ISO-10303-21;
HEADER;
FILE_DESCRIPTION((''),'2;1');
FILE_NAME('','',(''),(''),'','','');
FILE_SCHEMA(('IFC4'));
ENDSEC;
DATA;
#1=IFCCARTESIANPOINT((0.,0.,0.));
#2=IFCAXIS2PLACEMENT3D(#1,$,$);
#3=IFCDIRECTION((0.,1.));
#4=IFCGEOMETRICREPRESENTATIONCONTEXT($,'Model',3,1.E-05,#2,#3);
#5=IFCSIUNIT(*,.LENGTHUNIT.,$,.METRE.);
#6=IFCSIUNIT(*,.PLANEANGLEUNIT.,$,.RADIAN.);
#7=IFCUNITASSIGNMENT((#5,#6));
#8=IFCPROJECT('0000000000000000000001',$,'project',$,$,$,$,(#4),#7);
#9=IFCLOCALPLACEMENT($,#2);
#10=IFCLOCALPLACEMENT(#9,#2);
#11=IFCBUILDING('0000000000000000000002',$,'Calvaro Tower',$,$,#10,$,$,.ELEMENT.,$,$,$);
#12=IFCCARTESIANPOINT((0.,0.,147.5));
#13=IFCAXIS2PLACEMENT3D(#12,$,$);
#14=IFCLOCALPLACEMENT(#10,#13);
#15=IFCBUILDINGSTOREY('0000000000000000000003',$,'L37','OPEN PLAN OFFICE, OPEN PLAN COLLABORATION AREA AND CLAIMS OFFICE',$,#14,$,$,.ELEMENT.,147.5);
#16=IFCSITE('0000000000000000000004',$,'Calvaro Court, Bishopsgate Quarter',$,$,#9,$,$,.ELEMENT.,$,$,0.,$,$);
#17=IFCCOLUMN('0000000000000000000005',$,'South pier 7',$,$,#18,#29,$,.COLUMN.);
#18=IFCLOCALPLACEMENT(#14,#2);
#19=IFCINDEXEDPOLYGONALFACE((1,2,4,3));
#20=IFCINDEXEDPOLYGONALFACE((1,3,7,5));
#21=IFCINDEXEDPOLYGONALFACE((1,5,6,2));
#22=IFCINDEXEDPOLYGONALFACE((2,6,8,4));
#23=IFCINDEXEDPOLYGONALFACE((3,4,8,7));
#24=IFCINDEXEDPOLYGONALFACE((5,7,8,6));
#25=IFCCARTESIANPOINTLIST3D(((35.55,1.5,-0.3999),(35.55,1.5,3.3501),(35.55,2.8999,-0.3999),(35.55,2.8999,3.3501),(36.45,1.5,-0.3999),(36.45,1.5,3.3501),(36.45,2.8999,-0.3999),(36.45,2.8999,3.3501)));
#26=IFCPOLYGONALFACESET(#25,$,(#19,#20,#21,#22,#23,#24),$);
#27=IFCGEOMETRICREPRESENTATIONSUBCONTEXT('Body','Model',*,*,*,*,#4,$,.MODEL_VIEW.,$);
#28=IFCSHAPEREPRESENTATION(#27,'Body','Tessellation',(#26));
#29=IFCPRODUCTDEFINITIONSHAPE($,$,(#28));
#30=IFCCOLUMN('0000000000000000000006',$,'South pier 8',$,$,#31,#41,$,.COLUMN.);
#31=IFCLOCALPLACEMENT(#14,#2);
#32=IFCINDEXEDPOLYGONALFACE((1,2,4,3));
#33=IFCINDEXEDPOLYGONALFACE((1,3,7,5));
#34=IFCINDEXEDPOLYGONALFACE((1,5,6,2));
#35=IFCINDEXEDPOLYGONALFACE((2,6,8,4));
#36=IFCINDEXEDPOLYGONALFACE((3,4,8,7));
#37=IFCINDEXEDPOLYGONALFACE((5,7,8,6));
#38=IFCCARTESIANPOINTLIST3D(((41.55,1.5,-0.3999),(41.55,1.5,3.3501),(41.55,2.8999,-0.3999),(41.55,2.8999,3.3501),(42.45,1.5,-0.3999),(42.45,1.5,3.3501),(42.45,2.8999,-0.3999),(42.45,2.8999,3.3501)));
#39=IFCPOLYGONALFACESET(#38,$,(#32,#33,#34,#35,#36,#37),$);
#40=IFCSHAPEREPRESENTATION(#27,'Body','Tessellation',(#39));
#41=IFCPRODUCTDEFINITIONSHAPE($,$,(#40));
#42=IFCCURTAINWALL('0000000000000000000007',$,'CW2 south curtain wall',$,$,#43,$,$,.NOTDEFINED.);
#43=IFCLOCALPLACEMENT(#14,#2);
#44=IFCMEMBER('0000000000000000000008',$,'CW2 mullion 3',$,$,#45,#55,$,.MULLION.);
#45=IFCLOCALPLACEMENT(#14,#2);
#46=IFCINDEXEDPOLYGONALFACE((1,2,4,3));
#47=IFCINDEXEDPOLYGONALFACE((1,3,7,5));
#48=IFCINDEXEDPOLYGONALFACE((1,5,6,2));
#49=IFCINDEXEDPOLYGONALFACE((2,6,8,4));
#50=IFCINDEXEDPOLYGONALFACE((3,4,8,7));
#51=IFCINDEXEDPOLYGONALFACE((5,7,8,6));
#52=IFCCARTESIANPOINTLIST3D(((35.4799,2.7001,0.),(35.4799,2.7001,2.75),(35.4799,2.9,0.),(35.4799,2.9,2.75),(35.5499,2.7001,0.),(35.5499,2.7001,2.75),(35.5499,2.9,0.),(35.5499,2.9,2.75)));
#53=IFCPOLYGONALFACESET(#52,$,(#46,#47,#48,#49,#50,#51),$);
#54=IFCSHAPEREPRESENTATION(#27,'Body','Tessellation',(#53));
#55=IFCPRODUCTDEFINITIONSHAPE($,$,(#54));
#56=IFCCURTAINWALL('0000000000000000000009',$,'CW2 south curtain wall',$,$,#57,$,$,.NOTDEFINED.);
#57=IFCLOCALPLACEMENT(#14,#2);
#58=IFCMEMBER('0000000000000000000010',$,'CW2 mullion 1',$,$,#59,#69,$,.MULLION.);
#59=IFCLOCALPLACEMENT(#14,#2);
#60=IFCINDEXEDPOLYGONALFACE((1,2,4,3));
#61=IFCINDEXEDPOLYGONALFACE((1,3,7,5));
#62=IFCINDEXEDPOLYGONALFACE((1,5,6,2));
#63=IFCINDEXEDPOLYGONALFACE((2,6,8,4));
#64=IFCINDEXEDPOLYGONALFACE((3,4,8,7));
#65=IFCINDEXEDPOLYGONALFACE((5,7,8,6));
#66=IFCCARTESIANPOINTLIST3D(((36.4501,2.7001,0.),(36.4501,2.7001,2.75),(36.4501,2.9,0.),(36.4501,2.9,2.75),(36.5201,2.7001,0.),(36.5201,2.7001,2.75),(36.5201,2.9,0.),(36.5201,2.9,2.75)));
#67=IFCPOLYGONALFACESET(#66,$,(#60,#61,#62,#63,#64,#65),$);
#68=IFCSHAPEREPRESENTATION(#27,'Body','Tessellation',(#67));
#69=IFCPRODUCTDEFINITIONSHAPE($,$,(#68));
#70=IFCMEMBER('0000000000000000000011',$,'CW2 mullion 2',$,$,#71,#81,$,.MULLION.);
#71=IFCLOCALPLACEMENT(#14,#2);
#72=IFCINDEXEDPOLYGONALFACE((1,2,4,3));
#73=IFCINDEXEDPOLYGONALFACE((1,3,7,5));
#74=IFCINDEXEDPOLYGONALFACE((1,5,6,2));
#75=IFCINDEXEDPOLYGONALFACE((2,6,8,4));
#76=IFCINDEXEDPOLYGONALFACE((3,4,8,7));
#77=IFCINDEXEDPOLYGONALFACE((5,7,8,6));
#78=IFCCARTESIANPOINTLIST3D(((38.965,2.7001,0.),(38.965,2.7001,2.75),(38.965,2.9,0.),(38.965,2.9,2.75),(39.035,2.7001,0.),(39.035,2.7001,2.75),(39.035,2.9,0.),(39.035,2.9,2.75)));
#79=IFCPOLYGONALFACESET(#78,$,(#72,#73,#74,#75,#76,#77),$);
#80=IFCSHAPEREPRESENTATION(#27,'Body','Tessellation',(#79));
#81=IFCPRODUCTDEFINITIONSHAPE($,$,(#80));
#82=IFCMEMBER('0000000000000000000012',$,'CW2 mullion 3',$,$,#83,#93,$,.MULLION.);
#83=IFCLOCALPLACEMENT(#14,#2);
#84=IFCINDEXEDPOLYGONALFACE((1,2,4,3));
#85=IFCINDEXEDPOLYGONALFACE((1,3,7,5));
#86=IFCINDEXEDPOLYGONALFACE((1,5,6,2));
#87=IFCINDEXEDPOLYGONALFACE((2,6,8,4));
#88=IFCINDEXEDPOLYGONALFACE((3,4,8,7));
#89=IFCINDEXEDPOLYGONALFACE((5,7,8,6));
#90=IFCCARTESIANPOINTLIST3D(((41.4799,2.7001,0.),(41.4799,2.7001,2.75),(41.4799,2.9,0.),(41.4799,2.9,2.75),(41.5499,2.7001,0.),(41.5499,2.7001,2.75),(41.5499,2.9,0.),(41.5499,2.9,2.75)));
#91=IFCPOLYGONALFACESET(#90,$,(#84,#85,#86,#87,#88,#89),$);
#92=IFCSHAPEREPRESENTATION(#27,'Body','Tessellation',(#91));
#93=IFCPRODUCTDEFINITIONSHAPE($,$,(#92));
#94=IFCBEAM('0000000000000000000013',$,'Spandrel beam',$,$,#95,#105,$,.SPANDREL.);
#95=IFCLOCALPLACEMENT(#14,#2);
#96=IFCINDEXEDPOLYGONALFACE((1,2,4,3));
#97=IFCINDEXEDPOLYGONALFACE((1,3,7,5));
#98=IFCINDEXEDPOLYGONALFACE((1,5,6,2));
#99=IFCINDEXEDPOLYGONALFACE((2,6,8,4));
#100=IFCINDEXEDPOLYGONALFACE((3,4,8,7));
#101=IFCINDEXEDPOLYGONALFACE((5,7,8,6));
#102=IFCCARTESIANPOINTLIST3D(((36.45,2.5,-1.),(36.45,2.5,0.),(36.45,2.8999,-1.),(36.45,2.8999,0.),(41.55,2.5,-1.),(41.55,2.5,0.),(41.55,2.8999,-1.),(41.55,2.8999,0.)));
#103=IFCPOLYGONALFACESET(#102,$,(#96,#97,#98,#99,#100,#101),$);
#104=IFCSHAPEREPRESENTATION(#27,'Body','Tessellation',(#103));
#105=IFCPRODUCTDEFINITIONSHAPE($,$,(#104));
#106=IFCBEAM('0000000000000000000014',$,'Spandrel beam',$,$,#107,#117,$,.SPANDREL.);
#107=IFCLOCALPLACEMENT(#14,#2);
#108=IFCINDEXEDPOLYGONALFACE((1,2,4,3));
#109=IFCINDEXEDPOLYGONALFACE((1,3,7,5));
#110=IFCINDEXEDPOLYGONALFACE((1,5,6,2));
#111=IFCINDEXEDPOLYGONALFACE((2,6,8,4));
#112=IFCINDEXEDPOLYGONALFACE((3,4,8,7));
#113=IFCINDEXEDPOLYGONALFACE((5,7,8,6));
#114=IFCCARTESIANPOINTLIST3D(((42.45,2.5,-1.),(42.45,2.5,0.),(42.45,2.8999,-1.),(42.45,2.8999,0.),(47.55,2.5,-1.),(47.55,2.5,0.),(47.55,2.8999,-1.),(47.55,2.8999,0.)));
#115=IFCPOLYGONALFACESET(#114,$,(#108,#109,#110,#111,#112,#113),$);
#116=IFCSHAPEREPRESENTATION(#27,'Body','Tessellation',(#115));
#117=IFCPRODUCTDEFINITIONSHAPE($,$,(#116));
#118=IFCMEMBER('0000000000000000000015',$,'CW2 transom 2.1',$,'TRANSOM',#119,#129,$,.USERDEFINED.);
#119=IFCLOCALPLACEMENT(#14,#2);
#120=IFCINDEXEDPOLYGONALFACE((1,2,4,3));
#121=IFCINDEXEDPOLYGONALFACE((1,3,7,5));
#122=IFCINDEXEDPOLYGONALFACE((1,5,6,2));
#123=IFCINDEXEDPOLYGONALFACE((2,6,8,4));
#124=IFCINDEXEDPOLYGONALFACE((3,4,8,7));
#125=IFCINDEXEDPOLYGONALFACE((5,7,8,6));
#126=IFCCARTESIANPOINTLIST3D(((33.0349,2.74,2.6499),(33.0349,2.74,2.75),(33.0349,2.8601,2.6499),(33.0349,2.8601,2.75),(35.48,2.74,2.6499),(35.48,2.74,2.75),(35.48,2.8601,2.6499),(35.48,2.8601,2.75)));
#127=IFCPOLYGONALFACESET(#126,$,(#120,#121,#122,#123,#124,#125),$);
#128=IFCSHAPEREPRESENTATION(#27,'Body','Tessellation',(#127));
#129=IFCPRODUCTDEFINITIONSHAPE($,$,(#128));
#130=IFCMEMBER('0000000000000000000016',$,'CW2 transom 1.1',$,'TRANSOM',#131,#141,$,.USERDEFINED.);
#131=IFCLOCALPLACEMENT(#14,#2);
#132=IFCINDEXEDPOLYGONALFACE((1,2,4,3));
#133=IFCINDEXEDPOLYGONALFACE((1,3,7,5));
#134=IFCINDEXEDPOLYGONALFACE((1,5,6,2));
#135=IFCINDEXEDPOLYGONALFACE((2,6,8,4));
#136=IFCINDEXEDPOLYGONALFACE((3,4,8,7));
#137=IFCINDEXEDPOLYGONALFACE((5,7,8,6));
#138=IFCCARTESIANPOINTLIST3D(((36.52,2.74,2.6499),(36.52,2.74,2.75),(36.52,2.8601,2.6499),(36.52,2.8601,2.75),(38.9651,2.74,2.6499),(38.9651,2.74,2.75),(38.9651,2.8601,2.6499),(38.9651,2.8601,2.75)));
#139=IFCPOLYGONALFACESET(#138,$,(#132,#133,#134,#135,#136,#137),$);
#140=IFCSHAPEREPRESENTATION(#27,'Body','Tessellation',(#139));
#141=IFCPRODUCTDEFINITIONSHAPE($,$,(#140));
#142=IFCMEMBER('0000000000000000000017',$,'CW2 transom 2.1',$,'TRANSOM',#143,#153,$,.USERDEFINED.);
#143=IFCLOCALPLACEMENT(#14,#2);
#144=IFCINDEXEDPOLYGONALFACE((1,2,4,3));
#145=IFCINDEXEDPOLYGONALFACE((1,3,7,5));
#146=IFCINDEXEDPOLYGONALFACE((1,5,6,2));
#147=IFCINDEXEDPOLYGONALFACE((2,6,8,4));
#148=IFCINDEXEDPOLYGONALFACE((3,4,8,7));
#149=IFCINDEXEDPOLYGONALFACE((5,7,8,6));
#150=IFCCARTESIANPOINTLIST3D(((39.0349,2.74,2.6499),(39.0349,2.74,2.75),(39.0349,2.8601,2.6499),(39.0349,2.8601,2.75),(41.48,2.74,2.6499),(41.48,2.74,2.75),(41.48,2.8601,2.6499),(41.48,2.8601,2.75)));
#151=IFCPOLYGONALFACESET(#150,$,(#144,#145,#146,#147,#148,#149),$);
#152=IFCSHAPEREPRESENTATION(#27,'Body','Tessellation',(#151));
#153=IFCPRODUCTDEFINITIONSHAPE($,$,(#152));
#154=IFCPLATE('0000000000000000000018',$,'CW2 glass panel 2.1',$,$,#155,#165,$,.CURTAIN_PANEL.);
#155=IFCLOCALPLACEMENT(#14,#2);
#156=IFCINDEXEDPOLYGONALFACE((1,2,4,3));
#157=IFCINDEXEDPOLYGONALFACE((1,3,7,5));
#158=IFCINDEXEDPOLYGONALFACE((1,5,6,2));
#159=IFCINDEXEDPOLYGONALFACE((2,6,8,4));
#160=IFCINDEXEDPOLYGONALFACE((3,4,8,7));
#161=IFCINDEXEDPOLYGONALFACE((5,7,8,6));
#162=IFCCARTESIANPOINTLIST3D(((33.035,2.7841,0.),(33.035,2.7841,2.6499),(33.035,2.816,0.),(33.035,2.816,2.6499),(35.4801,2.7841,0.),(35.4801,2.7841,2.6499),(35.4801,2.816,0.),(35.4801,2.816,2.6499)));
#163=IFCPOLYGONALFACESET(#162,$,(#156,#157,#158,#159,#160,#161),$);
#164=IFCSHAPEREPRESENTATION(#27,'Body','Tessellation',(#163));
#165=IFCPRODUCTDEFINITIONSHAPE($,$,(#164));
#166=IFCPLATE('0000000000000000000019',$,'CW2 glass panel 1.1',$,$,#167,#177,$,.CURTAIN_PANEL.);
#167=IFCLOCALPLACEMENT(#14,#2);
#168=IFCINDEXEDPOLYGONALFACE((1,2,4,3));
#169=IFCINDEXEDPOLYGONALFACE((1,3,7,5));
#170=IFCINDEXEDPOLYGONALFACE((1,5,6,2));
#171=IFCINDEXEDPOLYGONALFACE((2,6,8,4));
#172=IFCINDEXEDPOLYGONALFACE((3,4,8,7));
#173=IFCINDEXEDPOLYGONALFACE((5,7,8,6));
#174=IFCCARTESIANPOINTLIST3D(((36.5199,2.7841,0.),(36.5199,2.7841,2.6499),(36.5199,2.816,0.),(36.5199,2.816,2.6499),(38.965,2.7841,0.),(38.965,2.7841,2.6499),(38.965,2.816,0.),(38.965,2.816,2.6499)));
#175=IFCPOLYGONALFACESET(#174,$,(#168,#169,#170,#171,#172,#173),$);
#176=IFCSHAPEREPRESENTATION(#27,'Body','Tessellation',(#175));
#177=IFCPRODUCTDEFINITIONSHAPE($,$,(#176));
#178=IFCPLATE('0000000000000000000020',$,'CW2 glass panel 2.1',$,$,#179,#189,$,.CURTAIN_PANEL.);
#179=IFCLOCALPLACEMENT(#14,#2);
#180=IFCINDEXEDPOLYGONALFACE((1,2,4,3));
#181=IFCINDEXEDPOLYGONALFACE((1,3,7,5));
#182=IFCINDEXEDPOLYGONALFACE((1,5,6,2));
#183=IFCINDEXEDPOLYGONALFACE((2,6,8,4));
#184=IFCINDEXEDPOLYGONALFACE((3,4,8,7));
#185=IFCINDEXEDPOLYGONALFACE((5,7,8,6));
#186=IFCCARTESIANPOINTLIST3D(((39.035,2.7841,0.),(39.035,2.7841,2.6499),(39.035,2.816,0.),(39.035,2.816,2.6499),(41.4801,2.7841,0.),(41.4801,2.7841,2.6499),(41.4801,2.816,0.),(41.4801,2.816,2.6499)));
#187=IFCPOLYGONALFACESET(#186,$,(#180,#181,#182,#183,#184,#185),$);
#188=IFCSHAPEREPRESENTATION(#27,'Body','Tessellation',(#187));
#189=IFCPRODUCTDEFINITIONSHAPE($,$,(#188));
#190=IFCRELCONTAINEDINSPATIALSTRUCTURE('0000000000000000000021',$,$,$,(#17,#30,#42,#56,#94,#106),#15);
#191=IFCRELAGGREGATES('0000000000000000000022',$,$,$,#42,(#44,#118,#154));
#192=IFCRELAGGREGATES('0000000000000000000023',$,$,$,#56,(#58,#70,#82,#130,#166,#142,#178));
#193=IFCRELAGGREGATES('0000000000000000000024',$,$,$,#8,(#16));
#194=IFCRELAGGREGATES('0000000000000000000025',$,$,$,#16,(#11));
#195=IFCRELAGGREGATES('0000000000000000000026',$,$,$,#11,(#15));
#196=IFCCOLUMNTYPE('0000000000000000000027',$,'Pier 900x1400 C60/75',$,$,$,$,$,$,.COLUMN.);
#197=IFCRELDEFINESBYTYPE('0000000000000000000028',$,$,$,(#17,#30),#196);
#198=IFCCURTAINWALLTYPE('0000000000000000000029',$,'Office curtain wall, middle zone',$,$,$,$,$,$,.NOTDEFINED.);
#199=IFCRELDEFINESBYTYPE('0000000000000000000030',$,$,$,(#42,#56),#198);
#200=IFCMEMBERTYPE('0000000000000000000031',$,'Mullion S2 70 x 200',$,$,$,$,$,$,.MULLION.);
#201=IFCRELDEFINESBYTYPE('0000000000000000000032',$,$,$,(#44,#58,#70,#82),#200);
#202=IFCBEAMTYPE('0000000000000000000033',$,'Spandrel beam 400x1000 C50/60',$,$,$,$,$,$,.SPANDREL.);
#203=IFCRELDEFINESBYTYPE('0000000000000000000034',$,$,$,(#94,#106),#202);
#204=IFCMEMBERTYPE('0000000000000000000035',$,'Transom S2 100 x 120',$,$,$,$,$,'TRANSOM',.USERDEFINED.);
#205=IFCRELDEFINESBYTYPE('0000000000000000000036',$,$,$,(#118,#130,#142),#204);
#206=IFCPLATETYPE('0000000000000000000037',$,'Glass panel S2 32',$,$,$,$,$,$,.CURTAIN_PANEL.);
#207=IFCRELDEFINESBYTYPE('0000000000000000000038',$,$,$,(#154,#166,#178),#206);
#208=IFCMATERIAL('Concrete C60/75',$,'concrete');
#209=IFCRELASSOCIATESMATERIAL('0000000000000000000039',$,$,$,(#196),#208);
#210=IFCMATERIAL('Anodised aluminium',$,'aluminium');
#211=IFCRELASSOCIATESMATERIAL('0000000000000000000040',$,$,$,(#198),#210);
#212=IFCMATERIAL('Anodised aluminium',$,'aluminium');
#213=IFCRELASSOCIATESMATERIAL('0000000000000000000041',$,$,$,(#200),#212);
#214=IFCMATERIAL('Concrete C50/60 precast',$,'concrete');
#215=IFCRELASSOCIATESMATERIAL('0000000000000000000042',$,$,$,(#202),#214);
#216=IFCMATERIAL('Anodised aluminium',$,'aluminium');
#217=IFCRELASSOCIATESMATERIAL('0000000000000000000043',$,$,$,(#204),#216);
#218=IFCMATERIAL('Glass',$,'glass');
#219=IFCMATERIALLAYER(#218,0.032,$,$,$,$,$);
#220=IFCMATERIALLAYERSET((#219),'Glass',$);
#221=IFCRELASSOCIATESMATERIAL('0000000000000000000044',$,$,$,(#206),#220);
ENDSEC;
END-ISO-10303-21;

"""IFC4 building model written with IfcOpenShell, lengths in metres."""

from ifc_helpers import new_model, si_unit, direction, frame, origin, origin_2d, place, context, subcontext, project, spatial, rectangle, extrude, material, layer, layer_set, material_profile, profile_set, type_object, element, aggregate, save


model = new_model("IFC4")

# Units and contexts
model_context = context("Model", 3, precision=1e-05, world=origin(), true_north=direction((0.0, 1.0)))
body_context = subcontext(model_context, "Body", "Model", "MODEL_VIEW")
ifc_project = project(units=[si_unit("LENGTHUNIT", "METRE"), si_unit("PLANEANGLEUNIT", "RADIAN")], contexts=[model_context])

# Site, building, storey
site_placement = place(None, origin())
site = spatial("IfcSite", under=ifc_project, at=site_placement, Name="Calvaro Court, Bishopsgate Quarter", CompositionType="ELEMENT", RefElevation=0.0)
building_placement = place(site_placement, origin())
building = spatial("IfcBuilding", under=site, at=building_placement, Name="Calvaro Tower", CompositionType="ELEMENT")
storey_placement = place(building_placement, frame((0.0, 0.0, 147.5)))
storey = spatial("IfcBuildingStorey", under=building, at=storey_placement, Name="L37", Description="OPEN PLAN OFFICE, OPEN PLAN COLLABORATION AREA AND CLAIMS OFFICE", CompositionType="ELEMENT", Elevation=147.5)

# Columns
ifc_material_1 = material(Name="Concrete C60/75", Category="concrete")
ifc_material_profile_1 = material_profile(ifc_material_1, rectangle(XDim=0.8999, YDim=1.3999, at=origin_2d()), Name="RC 900x1400")
ifc_profile_set_1 = profile_set([ifc_material_profile_1], Name="Concrete C60/75")
column_type = type_object("IfcColumnType", Name="Pier 900x1400 C60/75", PredefinedType="COLUMN", material=ifc_profile_set_1)
for number, where, z_axis, x_axis, name in (
    (1, (36.0, 2.2, -0.3999), (0.0, 0.0, 1.0), (1.0, 0.0, 0.0), "South pier 7"),
    (2, (42.0, 2.2, -0.3999), (0.0, 0.0, 1.0), (1.0, 0.0, 0.0), "South pier 8"),
):
    element("IfcColumn", number, at=place(storey_placement, frame(where, z_axis=z_axis, x_axis=x_axis)), inside=storey, type_object=column_type, Name=name, PredefinedType="COLUMN", context=body_context, shape_type="SweptSolid", body=[
        extrude(rectangle(XDim=0.8999, YDim=1.3999, at=origin_2d()), origin(), (0.0, 0.0, 1.0), 3.75),
    ])

# Curtain wall, member
ifc_material_2 = material(Name="Anodised aluminium", Category="aluminium")
curtain_wall_type = type_object("IfcCurtainWallType", Name="Office curtain wall, middle zone", PredefinedType="NOTDEFINED", material=ifc_material_2)
curtain_wall_1_placement = place(storey_placement, origin())
curtain_wall_1 = element("IfcCurtainWall", 3, at=curtain_wall_1_placement, inside=storey, type_object=curtain_wall_type, Name="CW2 south curtain wall", PredefinedType="NOTDEFINED")
ifc_material_3 = material(Name="Anodised aluminium", Category="aluminium")
ifc_material_profile_2 = material_profile(ifc_material_3, rectangle(XDim=0.2, YDim=0.0701, at=origin_2d()), Name="Mullion S2 70 x 200")
ifc_profile_set_2 = profile_set([ifc_material_profile_2], Name="Anodised aluminium")
member_type_1 = type_object("IfcMemberType", Name="Mullion S2 70 x 200", PredefinedType="MULLION", material=ifc_profile_set_2)
member_1_placement = place(storey_placement, frame((35.5149, 2.8, 0.0), z_axis=(0.0, 0.0, 1.0), x_axis=(0.0, 1.0, 0.0)))
member_1 = element("IfcMember", 4, at=member_1_placement, type_object=member_type_1, Name="CW2 mullion 3", PredefinedType="MULLION", context=body_context, shape_type="SweptSolid", body=[
    extrude(rectangle(XDim=0.2, YDim=0.0701, at=origin_2d()), origin(), (0.0, 0.0, 1.0), 2.75),
])

# Curtain wall, members
curtain_wall_2_placement = place(storey_placement, origin())
curtain_wall_2 = element("IfcCurtainWall", 5, at=curtain_wall_2_placement, inside=storey, type_object=curtain_wall_type, Name="CW2 south curtain wall", PredefinedType="NOTDEFINED")
member_2_placement = place(storey_placement, frame((36.4851, 2.8, 0.0), z_axis=(0.0, 0.0, 1.0), x_axis=(0.0, 1.0, 0.0)))
member_2 = element("IfcMember", 6, at=member_2_placement, type_object=member_type_1, Name="CW2 mullion 1", PredefinedType="MULLION", context=body_context, shape_type="SweptSolid", body=[
    extrude(rectangle(XDim=0.2, YDim=0.0701, at=origin_2d()), origin(), (0.0, 0.0, 1.0), 2.75),
])
member_3_placement = place(storey_placement, frame((39.0, 2.8, 0.0), z_axis=(0.0, 0.0, 1.0), x_axis=(0.0, 1.0, 0.0)))
member_3 = element("IfcMember", 7, at=member_3_placement, type_object=member_type_1, Name="CW2 mullion 2", PredefinedType="MULLION", context=body_context, shape_type="SweptSolid", body=[
    extrude(rectangle(XDim=0.2, YDim=0.0701, at=origin_2d()), origin(), (0.0, 0.0, 1.0), 2.75),
])
member_4_placement = place(storey_placement, frame((41.5149, 2.8, 0.0), z_axis=(0.0, 0.0, 1.0), x_axis=(0.0, 1.0, 0.0)))
member_4 = element("IfcMember", 8, at=member_4_placement, type_object=member_type_1, Name="CW2 mullion 3", PredefinedType="MULLION", context=body_context, shape_type="SweptSolid", body=[
    extrude(rectangle(XDim=0.2, YDim=0.0701, at=origin_2d()), origin(), (0.0, 0.0, 1.0), 2.75),
])

# Beams
ifc_material_4 = material(Name="Concrete C50/60 precast", Category="concrete")
ifc_material_profile_3 = material_profile(ifc_material_4, rectangle(XDim=0.3999, YDim=1.0, at=origin_2d()), Name="RC 400x1000")
ifc_profile_set_3 = profile_set([ifc_material_profile_3], Name="Concrete C50/60 precast")
beam_type = type_object("IfcBeamType", Name="Spandrel beam 400x1000 C50/60", PredefinedType="SPANDREL", material=ifc_profile_set_3)
for number, where, z_axis, x_axis, name in (
    (9, (36.45, 2.7, -0.5), (1.0, 0.0, 0.0), (0.0, 1.0, 0.0), "Spandrel beam"),
    (10, (42.45, 2.7, -0.5), (1.0, 0.0, 0.0), (0.0, 1.0, 0.0), "Spandrel beam"),
):
    element("IfcBeam", number, at=place(storey_placement, frame(where, z_axis=z_axis, x_axis=x_axis)), inside=storey, type_object=beam_type, Name=name, PredefinedType="SPANDREL", context=body_context, shape_type="SweptSolid", body=[
        extrude(rectangle(XDim=0.3999, YDim=1.0, at=origin_2d()), origin(), (0.0, 0.0, 1.0), 5.1001),
    ])

# Members
ifc_material_5 = material(Name="Anodised aluminium", Category="aluminium")
ifc_material_profile_4 = material_profile(ifc_material_5, rectangle(XDim=0.1201, YDim=0.1001, at=origin_2d()), Name="Transom S2 100 x 120")
ifc_profile_set_4 = profile_set([ifc_material_profile_4], Name="Anodised aluminium")
member_type_2 = type_object("IfcMemberType", Name="Transom S2 100 x 120", ElementType="TRANSOM", PredefinedType="USERDEFINED", material=ifc_profile_set_4)
member_5_placement = place(storey_placement, frame((33.0349, 2.8, 2.7), z_axis=(1.0, 0.0, 0.0), x_axis=(0.0, 1.0, 0.0)))
member_5 = element("IfcMember", 11, at=member_5_placement, type_object=member_type_2, Name="CW2 transom 2.1", ObjectType="TRANSOM", PredefinedType="USERDEFINED", context=body_context, shape_type="SweptSolid", body=[
    extrude(rectangle(XDim=0.1201, YDim=0.1001, at=origin_2d()), origin(), (0.0, 0.0, 1.0), 2.4451),
])
member_6_placement = place(storey_placement, frame((36.52, 2.8, 2.7), z_axis=(1.0, 0.0, 0.0), x_axis=(0.0, 1.0, 0.0)))
member_6 = element("IfcMember", 12, at=member_6_placement, type_object=member_type_2, Name="CW2 transom 1.1", ObjectType="TRANSOM", PredefinedType="USERDEFINED", context=body_context, shape_type="SweptSolid", body=[
    extrude(rectangle(XDim=0.1201, YDim=0.1001, at=origin_2d()), origin(), (0.0, 0.0, 1.0), 2.4451),
])
member_7_placement = place(storey_placement, frame((39.0349, 2.8, 2.7), z_axis=(1.0, 0.0, 0.0), x_axis=(0.0, 1.0, 0.0)))
member_7 = element("IfcMember", 13, at=member_7_placement, type_object=member_type_2, Name="CW2 transom 2.1", ObjectType="TRANSOM", PredefinedType="USERDEFINED", context=body_context, shape_type="SweptSolid", body=[
    extrude(rectangle(XDim=0.1201, YDim=0.1001, at=origin_2d()), origin(), (0.0, 0.0, 1.0), 2.4451),
])

# Plates
ifc_material_6 = material(Name="Glass", Category="glass")
ifc_layer = layer(ifc_material_6, 0.032)
ifc_layer_set = layer_set([ifc_layer], Name="Glass")
plate_type = type_object("IfcPlateType", Name="Glass panel S2 32", PredefinedType="CURTAIN_PANEL", material=ifc_layer_set)
plate_1_placement = place(storey_placement, frame((34.2576, 2.8, 0.0), z_axis=(0.0, 0.0, 1.0), x_axis=(1.0, 0.0, 0.0)))
plate_1 = element("IfcPlate", 14, at=plate_1_placement, type_object=plate_type, Name="CW2 glass panel 2.1", PredefinedType="CURTAIN_PANEL", context=body_context, shape_type="SweptSolid", body=[
    extrude(rectangle(XDim=2.4451, YDim=0.032, at=origin_2d()), origin(), (0.0, 0.0, 1.0), 2.6499),
])
aggregate(curtain_wall_1, [member_1, member_5, plate_1])
plate_2_placement = place(storey_placement, frame((37.7424, 2.8, 0.0), z_axis=(0.0, 0.0, 1.0), x_axis=(1.0, 0.0, 0.0)))
plate_2 = element("IfcPlate", 15, at=plate_2_placement, type_object=plate_type, Name="CW2 glass panel 1.1", PredefinedType="CURTAIN_PANEL", context=body_context, shape_type="SweptSolid", body=[
    extrude(rectangle(XDim=2.4451, YDim=0.032, at=origin_2d()), origin(), (0.0, 0.0, 1.0), 2.6499),
])
plate_3_placement = place(storey_placement, frame((40.2576, 2.8, 0.0), z_axis=(0.0, 0.0, 1.0), x_axis=(1.0, 0.0, 0.0)))
plate_3 = element("IfcPlate", 16, at=plate_3_placement, type_object=plate_type, Name="CW2 glass panel 2.1", PredefinedType="CURTAIN_PANEL", context=body_context, shape_type="SweptSolid", body=[
    extrude(rectangle(XDim=2.4451, YDim=0.032, at=origin_2d()), origin(), (0.0, 0.0, 1.0), 2.6499),
])
aggregate(curtain_wall_2, [member_2, member_3, member_4, member_6, plate_2, member_7, plate_3])

save(model, "model.ifc")
